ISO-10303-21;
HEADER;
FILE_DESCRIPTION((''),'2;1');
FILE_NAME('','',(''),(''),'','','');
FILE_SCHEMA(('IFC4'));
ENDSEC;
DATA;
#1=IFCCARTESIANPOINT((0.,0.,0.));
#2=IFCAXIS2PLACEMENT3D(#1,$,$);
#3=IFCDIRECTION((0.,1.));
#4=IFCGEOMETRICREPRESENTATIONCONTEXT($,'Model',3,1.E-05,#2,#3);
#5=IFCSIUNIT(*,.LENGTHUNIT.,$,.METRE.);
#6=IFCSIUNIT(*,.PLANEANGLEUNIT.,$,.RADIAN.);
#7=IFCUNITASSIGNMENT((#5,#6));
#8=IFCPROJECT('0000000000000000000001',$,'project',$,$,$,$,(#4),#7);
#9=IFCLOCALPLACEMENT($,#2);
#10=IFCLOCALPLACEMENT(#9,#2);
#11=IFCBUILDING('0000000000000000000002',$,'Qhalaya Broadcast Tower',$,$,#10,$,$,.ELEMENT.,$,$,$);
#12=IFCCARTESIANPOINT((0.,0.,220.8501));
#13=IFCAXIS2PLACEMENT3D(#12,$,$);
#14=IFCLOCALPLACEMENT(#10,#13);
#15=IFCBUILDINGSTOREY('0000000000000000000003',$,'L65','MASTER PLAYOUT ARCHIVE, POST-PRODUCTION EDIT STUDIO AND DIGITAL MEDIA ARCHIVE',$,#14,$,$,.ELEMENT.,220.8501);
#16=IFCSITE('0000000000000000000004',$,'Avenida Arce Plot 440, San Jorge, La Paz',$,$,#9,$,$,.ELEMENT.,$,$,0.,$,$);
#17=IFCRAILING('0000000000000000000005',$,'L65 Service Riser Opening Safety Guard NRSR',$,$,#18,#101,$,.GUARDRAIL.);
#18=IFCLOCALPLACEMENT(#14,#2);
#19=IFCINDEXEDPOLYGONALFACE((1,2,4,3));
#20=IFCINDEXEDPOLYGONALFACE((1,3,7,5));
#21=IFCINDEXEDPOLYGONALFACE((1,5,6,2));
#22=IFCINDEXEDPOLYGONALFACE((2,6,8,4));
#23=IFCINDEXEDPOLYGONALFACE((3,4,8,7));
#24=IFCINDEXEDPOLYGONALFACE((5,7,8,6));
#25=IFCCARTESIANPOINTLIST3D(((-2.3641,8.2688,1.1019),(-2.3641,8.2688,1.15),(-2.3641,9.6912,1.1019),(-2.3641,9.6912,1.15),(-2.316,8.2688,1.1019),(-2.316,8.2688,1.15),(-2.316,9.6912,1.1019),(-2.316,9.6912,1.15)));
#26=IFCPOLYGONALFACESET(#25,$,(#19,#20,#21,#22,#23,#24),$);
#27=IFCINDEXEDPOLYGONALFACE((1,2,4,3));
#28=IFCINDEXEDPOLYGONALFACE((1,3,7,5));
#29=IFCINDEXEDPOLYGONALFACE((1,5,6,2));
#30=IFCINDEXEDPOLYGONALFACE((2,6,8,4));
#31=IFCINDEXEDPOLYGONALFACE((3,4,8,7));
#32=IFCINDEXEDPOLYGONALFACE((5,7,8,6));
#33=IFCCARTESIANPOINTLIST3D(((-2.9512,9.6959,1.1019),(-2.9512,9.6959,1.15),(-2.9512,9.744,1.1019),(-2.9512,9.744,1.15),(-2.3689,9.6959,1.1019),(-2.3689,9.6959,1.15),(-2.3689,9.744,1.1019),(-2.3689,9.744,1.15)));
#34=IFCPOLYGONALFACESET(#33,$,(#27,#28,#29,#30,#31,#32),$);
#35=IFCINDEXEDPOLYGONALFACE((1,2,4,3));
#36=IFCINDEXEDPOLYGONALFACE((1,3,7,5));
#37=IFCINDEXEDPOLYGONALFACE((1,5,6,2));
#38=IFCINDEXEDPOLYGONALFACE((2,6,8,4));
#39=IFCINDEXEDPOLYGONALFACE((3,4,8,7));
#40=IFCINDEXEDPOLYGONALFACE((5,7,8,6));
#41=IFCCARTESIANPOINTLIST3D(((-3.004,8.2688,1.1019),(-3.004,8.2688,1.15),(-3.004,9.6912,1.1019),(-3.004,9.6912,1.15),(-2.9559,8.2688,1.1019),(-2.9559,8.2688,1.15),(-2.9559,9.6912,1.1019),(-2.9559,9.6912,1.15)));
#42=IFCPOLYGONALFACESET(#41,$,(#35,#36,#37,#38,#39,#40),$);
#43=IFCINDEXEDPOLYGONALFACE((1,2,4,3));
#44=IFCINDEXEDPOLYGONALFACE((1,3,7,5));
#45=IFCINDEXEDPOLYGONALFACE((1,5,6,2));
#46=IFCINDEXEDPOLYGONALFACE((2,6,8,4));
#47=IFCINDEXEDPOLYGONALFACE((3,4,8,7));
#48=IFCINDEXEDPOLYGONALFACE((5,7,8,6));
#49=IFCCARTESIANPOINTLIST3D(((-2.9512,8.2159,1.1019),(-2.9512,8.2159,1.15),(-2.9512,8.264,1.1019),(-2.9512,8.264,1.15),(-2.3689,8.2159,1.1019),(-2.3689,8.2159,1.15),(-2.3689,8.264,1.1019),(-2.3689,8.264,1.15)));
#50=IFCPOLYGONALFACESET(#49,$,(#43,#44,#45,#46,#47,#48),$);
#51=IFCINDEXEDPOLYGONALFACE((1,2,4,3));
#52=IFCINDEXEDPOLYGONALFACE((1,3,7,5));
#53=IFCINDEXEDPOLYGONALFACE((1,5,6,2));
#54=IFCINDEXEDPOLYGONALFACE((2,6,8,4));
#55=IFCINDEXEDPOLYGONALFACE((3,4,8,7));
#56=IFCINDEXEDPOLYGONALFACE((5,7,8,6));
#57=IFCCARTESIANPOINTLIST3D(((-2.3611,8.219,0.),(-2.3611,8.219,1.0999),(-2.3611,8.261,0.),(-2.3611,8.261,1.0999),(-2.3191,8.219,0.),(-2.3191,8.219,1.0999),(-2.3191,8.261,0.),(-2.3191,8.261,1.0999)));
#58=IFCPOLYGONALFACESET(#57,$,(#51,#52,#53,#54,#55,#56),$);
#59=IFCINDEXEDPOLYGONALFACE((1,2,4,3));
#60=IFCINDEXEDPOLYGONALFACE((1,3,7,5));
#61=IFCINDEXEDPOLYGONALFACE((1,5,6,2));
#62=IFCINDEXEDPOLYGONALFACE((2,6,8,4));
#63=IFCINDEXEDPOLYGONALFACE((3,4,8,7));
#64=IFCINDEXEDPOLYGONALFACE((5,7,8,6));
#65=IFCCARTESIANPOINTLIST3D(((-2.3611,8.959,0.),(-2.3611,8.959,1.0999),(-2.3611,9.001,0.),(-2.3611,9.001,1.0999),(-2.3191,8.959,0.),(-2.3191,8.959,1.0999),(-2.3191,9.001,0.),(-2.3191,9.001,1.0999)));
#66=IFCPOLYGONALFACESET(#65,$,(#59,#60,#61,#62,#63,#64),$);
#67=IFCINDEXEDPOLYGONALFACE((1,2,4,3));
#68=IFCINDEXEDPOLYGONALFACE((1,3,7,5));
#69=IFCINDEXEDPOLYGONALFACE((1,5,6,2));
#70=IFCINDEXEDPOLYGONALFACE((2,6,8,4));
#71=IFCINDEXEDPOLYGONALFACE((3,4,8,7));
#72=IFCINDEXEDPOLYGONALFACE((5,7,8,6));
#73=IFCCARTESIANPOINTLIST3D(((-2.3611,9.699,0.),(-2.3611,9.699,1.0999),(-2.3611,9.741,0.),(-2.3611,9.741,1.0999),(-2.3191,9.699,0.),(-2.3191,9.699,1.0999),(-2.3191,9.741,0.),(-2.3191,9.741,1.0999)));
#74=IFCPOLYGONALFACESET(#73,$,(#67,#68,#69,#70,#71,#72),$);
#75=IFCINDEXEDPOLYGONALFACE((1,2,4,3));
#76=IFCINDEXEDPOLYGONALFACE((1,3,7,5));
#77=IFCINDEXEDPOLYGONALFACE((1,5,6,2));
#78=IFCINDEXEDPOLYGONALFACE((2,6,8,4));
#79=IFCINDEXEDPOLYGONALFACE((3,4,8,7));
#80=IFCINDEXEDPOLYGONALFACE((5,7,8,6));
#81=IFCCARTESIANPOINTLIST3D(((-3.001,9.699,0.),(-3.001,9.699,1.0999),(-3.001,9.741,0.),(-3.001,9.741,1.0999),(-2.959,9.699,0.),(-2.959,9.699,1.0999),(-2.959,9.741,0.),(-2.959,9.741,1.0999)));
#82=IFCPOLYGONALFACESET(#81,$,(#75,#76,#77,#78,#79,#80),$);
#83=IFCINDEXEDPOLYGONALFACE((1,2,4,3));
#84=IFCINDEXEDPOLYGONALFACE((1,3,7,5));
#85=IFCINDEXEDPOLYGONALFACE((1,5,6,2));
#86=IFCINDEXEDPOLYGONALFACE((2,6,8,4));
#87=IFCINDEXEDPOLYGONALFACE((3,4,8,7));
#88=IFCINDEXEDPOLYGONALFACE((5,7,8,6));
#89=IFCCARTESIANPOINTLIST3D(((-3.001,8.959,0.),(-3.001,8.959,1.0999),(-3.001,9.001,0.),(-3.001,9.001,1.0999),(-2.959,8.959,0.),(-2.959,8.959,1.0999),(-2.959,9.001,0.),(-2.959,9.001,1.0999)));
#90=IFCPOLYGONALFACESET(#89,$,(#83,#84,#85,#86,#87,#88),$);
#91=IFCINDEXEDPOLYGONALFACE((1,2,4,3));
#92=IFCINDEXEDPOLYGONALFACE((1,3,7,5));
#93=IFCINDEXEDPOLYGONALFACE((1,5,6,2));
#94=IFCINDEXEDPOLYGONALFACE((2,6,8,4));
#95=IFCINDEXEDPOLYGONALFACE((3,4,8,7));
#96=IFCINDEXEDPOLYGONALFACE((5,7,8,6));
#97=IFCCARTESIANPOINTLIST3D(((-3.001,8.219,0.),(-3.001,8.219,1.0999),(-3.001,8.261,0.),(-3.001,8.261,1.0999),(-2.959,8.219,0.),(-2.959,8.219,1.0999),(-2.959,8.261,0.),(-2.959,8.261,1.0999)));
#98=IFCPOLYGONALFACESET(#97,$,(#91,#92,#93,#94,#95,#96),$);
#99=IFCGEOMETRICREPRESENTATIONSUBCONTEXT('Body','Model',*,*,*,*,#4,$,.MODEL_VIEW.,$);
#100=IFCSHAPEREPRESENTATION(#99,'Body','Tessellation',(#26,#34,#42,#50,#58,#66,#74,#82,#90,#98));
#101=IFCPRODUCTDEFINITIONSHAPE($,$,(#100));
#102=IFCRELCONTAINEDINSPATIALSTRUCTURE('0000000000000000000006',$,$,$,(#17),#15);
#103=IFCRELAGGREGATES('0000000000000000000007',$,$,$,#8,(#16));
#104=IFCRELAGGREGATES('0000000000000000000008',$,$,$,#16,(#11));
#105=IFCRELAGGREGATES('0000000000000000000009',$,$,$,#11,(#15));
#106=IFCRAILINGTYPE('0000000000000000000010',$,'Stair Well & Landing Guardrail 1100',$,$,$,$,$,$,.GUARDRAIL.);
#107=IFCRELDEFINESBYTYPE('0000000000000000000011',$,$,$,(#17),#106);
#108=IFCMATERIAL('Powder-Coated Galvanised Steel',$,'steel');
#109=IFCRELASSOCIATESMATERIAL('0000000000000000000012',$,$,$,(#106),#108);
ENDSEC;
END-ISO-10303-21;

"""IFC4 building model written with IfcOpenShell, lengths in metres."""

from ifc_helpers import new_model, si_unit, direction, frame, origin, origin_2d, place, context, subcontext, project, spatial, rectangle, extrude, material, type_object, element, save


model = new_model("IFC4")

# Units and contexts
model_context = context("Model", 3, precision=1e-05, world=origin(), true_north=direction((0.0, 1.0)))
body_context = subcontext(model_context, "Body", "Model", "MODEL_VIEW")
ifc_project = project(units=[si_unit("LENGTHUNIT", "METRE"), si_unit("PLANEANGLEUNIT", "RADIAN")], contexts=[model_context])

# Site, building, storey
site_placement = place(None, origin())
site = spatial("IfcSite", under=ifc_project, at=site_placement, Name="Avenida Arce Plot 440, San Jorge, La Paz", CompositionType="ELEMENT", RefElevation=0.0)
building_placement = place(site_placement, origin())
building = spatial("IfcBuilding", under=site, at=building_placement, Name="Qhalaya Broadcast Tower", CompositionType="ELEMENT")
storey_placement = place(building_placement, frame((0.0, 0.0, 220.8501)))
storey = spatial("IfcBuildingStorey", under=building, at=storey_placement, Name="L65", Description="MASTER PLAYOUT ARCHIVE, POST-PRODUCTION EDIT STUDIO AND DIGITAL MEDIA ARCHIVE", CompositionType="ELEMENT", Elevation=220.8501)

# Railing
ifc_material_1 = material(Name="Powder-Coated Galvanised Steel", Category="steel")
railing_type_1 = type_object("IfcRailingType", Name="Stair Well & Landing Guardrail 1100", PredefinedType="GUARDRAIL", material=ifc_material_1)
railing_1_placement = place(storey_placement, frame((-2.3401, 8.24, 0.0)))
element("IfcRailing", 1, at=railing_1_placement, inside=storey, type_object=railing_type_1, Name="L65 Service Riser Opening Safety Guard NRSR", PredefinedType="GUARDRAIL", context=body_context, shape_type="SweptSolid", body=[
    extrude(rectangle(XDim=0.0481, YDim=0.0481, at=origin_2d()), frame((0.0, 0.0288, 1.126), z_axis=(0.0, 1.0, 0.0), x_axis=(-1.0, 0.0, 0.0)), (0.0, 0.0, 1.0), 1.4224),
    extrude(rectangle(XDim=0.0481, YDim=0.0481, at=origin_2d()), frame((-0.0288, 1.48, 1.126), z_axis=(-1.0, 0.0, 0.0), x_axis=(0.0, -1.0, 0.0)), (0.0, 0.0, 1.0), 0.5823),
    extrude(rectangle(XDim=0.0481, YDim=0.0481, at=origin_2d()), frame((-0.6399, 1.4512, 1.126), z_axis=(0.0, -1.0, 0.0), x_axis=(1.0, 0.0, 0.0)), (0.0, 0.0, 1.0), 1.4224),
    extrude(rectangle(XDim=0.0481, YDim=0.0481, at=origin_2d()), frame((-0.6111, 0.0, 1.126), z_axis=(1.0, 0.0, 0.0), x_axis=(0.0, 1.0, 0.0)), (0.0, 0.0, 1.0), 0.5823),
    extrude(rectangle(XDim=0.042, YDim=0.042, at=origin_2d()), origin(), (0.0, 0.0, 1.0), 1.0999),
    extrude(rectangle(XDim=0.042, YDim=0.042, at=origin_2d()), frame((0.0, 0.74, 0.0)), (0.0, 0.0, 1.0), 1.0999),
    extrude(rectangle(XDim=0.042, YDim=0.042, at=origin_2d()), frame((0.0, 1.48, 0.0)), (0.0, 0.0, 1.0), 1.0999),
    extrude(rectangle(XDim=0.042, YDim=0.042, at=origin_2d()), frame((-0.6399, 1.48, 0.0)), (0.0, 0.0, 1.0), 1.0999),
    extrude(rectangle(XDim=0.042, YDim=0.042, at=origin_2d()), frame((-0.6399, 0.74, 0.0)), (0.0, 0.0, 1.0), 1.0999),
    extrude(rectangle(XDim=0.042, YDim=0.042, at=origin_2d()), frame((-0.6399, 0.0, 0.0)), (0.0, 0.0, 1.0), 1.0999),
])

save(model, "model.ifc")
